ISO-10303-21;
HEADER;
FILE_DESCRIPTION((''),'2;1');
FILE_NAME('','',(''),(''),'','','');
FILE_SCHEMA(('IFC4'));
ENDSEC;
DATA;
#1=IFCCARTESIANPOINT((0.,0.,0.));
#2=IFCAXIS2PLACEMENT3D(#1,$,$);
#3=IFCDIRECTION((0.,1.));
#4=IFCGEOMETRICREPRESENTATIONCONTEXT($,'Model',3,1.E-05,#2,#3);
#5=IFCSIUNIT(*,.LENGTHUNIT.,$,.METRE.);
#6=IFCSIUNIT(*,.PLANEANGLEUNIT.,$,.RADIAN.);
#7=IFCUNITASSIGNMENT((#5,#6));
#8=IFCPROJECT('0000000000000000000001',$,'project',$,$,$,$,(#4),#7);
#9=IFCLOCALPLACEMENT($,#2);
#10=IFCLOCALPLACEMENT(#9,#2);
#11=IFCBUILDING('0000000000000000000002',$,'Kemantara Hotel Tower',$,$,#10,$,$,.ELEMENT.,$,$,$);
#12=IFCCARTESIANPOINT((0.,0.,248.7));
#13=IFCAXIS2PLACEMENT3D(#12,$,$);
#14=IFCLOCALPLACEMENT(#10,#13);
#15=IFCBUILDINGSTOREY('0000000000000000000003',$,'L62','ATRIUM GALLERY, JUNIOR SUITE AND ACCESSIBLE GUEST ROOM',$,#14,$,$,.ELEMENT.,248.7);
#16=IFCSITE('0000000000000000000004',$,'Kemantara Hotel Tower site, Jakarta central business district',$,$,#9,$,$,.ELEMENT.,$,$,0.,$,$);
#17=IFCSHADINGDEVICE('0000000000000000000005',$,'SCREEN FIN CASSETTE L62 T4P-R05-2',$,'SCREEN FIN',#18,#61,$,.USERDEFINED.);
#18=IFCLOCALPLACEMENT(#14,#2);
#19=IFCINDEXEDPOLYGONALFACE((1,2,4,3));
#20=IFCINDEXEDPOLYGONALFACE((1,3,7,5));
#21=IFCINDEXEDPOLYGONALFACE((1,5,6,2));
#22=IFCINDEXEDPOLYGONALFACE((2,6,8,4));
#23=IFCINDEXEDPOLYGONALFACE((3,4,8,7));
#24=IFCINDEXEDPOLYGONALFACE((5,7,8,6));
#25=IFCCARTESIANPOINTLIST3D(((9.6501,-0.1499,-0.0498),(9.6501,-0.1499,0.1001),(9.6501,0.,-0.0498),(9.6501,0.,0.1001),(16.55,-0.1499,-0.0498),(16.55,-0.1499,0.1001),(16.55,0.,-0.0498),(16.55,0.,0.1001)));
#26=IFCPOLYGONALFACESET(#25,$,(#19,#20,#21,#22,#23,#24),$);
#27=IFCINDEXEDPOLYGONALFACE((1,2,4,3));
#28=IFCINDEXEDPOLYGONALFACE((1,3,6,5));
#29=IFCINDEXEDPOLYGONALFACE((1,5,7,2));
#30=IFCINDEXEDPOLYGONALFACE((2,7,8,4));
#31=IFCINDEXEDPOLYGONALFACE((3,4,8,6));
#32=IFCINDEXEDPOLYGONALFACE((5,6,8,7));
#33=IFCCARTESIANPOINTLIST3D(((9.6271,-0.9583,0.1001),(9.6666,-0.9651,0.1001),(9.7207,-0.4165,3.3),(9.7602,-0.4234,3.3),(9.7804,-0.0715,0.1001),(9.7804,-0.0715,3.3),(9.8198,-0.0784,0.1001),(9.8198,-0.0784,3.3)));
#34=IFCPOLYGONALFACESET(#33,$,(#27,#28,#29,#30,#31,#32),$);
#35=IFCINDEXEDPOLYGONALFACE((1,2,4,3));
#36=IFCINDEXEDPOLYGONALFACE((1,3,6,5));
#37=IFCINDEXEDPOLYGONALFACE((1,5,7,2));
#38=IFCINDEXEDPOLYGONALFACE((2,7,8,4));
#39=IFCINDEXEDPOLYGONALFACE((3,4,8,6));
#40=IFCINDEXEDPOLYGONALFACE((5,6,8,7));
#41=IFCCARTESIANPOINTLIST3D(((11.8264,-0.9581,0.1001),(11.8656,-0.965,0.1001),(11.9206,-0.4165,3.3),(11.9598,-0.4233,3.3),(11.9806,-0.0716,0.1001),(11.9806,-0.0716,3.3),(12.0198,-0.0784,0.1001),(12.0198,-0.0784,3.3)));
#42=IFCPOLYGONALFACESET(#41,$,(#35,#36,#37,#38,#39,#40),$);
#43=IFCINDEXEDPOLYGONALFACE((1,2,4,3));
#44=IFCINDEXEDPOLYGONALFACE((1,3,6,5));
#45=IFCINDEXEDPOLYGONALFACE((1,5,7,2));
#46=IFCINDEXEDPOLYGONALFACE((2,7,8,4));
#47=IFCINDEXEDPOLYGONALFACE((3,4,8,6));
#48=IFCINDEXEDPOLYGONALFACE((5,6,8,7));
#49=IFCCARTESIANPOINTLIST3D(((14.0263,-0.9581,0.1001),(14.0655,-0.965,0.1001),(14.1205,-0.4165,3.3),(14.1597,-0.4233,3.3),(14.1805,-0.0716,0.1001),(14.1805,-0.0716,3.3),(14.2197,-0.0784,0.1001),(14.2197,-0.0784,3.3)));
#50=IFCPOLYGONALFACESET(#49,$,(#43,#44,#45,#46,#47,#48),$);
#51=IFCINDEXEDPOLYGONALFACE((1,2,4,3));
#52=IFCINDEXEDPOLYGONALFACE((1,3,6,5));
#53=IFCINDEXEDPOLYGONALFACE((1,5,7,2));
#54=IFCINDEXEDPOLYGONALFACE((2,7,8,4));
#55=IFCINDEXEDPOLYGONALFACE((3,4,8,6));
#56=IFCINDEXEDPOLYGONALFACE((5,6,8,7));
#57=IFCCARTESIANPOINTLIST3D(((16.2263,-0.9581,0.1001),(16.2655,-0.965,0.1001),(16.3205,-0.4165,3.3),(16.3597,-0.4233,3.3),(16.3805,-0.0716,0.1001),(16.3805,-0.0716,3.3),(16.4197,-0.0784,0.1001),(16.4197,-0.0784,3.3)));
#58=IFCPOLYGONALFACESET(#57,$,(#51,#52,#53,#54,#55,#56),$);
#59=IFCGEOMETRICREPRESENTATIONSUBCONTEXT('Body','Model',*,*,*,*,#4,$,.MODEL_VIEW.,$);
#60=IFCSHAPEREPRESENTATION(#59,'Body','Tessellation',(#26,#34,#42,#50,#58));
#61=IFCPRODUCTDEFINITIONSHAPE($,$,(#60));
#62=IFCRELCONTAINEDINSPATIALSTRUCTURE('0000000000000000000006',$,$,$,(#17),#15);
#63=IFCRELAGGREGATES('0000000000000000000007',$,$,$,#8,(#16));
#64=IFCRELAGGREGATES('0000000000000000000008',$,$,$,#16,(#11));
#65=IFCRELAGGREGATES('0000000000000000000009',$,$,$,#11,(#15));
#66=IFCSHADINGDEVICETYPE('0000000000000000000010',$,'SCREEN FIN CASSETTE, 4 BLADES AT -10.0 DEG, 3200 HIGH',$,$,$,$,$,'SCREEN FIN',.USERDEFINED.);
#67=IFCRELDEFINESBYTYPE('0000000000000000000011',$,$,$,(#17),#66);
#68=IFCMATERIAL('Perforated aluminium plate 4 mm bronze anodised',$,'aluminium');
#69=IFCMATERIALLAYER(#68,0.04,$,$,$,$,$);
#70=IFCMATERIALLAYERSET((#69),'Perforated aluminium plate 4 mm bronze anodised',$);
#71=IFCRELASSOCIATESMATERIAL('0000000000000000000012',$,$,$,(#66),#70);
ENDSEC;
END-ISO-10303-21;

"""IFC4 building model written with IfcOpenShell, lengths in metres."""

from ifc_helpers import new_model, si_unit, direction, frame, origin, origin_2d, place, context, subcontext, project, spatial, polyline, rectangle, outline, extrude, source, transform, mapped, material, layer, layer_set, type_object, element, save


model = new_model("IFC4")

# Units and contexts
model_context = context("Model", 3, precision=1e-05, world=origin(), true_north=direction((0.0, 1.0)))
body_context = subcontext(model_context, "Body", "Model", "MODEL_VIEW")
ifc_project = project(units=[si_unit("LENGTHUNIT", "METRE"), si_unit("PLANEANGLEUNIT", "RADIAN")], contexts=[model_context])

# Site, building, storey
site_placement = place(None, origin())
site = spatial("IfcSite", under=ifc_project, at=site_placement, Name="Kemantara Hotel Tower site, Jakarta central business district", CompositionType="ELEMENT", RefElevation=0.0)
building_placement = place(site_placement, origin())
building = spatial("IfcBuilding", under=site, at=building_placement, Name="Kemantara Hotel Tower", CompositionType="ELEMENT")
storey_placement = place(building_placement, frame((0.0, 0.0, 248.7)))
storey = spatial("IfcBuildingStorey", under=building, at=storey_placement, Name="L62", Description="ATRIUM GALLERY, JUNIOR SUITE AND ACCESSIBLE GUEST ROOM", CompositionType="ELEMENT", Elevation=248.7)

# Shading device
ifc_material_1 = material(Name="Perforated aluminium plate 4 mm bronze anodised", Category="aluminium")
ifc_layer_1 = layer(ifc_material_1, 0.04)
ifc_layer_set_1 = layer_set([ifc_layer_1], Name="Perforated aluminium plate 4 mm bronze anodised")
shading_device_type_1 = type_object("IfcShadingDeviceType", Name="SCREEN FIN CASSETTE, 4 BLADES AT -10.0 DEG, 3200 HIGH", ElementType="SCREEN FIN", PredefinedType="USERDEFINED", material=ifc_layer_set_1)
shared_shape_1 = source(origin(), body_context, "Body", "SweptSolid", [
    extrude(rectangle(XDim=6.8999, YDim=0.1499, at=origin_2d()), frame((3.3, -0.075, -0.1499), z_axis=(0.0, 0.0, 1.0), x_axis=(1.0, 0.0, 0.0)), (0.0, 0.0, 1.0), 0.1499),
    extrude(outline(polyline([(0.0, 0.0), (0.8999, 0.0), (0.3501, 3.2), (0.0, 3.2), (0.0, 0.0)])), frame((0.0198, -0.0784, 0.0), z_axis=(-0.98539, 0.170314, 0.0), x_axis=(-0.170314, -0.98539, 0.0)), (0.0, 0.0, 1.0), 0.04),
    extrude(outline(polyline([(0.0, 0.0), (0.8999, 0.0), (0.3501, 3.2), (0.0, 3.2), (0.0, 0.0)])), frame((2.2197, -0.0784, 0.0), z_axis=(-0.985212, 0.171341, 0.0), x_axis=(-0.171341, -0.985212, 0.0)), (0.0, 0.0, 1.0), 0.0398),
    extrude(outline(polyline([(0.0, 0.0), (0.8999, 0.0), (0.3501, 3.2), (0.0, 3.2), (0.0, 0.0)])), frame((4.4197, -0.0784, 0.0), z_axis=(-0.985212, 0.171341, 0.0), x_axis=(-0.171341, -0.985212, 0.0)), (0.0, 0.0, 1.0), 0.0398),
    extrude(outline(polyline([(0.0, 0.0), (0.8999, 0.0), (0.3501, 3.2), (0.0, 3.2), (0.0, 0.0)])), frame((6.6196, -0.0784, 0.0), z_axis=(-0.985212, 0.171341, 0.0), x_axis=(-0.171341, -0.985212, 0.0)), (0.0, 0.0, 1.0), 0.0398),
])
shading_device_1_placement = place(storey_placement, frame((9.8, 0.0, 0.1001), z_axis=(0.0, 0.0, 1.0), x_axis=(1.0, 0.0, 0.0)))
element("IfcShadingDevice", 1, at=shading_device_1_placement, inside=storey, type_object=shading_device_type_1, Name="SCREEN FIN CASSETTE L62 T4P-R05-2", ObjectType="SCREEN FIN", PredefinedType="USERDEFINED", context=body_context, shape_type="MappedRepresentation", body=[
    mapped(shared_shape_1, transform((0.0, 0.0, 0.0))),
])

save(model, "model.ifc")
